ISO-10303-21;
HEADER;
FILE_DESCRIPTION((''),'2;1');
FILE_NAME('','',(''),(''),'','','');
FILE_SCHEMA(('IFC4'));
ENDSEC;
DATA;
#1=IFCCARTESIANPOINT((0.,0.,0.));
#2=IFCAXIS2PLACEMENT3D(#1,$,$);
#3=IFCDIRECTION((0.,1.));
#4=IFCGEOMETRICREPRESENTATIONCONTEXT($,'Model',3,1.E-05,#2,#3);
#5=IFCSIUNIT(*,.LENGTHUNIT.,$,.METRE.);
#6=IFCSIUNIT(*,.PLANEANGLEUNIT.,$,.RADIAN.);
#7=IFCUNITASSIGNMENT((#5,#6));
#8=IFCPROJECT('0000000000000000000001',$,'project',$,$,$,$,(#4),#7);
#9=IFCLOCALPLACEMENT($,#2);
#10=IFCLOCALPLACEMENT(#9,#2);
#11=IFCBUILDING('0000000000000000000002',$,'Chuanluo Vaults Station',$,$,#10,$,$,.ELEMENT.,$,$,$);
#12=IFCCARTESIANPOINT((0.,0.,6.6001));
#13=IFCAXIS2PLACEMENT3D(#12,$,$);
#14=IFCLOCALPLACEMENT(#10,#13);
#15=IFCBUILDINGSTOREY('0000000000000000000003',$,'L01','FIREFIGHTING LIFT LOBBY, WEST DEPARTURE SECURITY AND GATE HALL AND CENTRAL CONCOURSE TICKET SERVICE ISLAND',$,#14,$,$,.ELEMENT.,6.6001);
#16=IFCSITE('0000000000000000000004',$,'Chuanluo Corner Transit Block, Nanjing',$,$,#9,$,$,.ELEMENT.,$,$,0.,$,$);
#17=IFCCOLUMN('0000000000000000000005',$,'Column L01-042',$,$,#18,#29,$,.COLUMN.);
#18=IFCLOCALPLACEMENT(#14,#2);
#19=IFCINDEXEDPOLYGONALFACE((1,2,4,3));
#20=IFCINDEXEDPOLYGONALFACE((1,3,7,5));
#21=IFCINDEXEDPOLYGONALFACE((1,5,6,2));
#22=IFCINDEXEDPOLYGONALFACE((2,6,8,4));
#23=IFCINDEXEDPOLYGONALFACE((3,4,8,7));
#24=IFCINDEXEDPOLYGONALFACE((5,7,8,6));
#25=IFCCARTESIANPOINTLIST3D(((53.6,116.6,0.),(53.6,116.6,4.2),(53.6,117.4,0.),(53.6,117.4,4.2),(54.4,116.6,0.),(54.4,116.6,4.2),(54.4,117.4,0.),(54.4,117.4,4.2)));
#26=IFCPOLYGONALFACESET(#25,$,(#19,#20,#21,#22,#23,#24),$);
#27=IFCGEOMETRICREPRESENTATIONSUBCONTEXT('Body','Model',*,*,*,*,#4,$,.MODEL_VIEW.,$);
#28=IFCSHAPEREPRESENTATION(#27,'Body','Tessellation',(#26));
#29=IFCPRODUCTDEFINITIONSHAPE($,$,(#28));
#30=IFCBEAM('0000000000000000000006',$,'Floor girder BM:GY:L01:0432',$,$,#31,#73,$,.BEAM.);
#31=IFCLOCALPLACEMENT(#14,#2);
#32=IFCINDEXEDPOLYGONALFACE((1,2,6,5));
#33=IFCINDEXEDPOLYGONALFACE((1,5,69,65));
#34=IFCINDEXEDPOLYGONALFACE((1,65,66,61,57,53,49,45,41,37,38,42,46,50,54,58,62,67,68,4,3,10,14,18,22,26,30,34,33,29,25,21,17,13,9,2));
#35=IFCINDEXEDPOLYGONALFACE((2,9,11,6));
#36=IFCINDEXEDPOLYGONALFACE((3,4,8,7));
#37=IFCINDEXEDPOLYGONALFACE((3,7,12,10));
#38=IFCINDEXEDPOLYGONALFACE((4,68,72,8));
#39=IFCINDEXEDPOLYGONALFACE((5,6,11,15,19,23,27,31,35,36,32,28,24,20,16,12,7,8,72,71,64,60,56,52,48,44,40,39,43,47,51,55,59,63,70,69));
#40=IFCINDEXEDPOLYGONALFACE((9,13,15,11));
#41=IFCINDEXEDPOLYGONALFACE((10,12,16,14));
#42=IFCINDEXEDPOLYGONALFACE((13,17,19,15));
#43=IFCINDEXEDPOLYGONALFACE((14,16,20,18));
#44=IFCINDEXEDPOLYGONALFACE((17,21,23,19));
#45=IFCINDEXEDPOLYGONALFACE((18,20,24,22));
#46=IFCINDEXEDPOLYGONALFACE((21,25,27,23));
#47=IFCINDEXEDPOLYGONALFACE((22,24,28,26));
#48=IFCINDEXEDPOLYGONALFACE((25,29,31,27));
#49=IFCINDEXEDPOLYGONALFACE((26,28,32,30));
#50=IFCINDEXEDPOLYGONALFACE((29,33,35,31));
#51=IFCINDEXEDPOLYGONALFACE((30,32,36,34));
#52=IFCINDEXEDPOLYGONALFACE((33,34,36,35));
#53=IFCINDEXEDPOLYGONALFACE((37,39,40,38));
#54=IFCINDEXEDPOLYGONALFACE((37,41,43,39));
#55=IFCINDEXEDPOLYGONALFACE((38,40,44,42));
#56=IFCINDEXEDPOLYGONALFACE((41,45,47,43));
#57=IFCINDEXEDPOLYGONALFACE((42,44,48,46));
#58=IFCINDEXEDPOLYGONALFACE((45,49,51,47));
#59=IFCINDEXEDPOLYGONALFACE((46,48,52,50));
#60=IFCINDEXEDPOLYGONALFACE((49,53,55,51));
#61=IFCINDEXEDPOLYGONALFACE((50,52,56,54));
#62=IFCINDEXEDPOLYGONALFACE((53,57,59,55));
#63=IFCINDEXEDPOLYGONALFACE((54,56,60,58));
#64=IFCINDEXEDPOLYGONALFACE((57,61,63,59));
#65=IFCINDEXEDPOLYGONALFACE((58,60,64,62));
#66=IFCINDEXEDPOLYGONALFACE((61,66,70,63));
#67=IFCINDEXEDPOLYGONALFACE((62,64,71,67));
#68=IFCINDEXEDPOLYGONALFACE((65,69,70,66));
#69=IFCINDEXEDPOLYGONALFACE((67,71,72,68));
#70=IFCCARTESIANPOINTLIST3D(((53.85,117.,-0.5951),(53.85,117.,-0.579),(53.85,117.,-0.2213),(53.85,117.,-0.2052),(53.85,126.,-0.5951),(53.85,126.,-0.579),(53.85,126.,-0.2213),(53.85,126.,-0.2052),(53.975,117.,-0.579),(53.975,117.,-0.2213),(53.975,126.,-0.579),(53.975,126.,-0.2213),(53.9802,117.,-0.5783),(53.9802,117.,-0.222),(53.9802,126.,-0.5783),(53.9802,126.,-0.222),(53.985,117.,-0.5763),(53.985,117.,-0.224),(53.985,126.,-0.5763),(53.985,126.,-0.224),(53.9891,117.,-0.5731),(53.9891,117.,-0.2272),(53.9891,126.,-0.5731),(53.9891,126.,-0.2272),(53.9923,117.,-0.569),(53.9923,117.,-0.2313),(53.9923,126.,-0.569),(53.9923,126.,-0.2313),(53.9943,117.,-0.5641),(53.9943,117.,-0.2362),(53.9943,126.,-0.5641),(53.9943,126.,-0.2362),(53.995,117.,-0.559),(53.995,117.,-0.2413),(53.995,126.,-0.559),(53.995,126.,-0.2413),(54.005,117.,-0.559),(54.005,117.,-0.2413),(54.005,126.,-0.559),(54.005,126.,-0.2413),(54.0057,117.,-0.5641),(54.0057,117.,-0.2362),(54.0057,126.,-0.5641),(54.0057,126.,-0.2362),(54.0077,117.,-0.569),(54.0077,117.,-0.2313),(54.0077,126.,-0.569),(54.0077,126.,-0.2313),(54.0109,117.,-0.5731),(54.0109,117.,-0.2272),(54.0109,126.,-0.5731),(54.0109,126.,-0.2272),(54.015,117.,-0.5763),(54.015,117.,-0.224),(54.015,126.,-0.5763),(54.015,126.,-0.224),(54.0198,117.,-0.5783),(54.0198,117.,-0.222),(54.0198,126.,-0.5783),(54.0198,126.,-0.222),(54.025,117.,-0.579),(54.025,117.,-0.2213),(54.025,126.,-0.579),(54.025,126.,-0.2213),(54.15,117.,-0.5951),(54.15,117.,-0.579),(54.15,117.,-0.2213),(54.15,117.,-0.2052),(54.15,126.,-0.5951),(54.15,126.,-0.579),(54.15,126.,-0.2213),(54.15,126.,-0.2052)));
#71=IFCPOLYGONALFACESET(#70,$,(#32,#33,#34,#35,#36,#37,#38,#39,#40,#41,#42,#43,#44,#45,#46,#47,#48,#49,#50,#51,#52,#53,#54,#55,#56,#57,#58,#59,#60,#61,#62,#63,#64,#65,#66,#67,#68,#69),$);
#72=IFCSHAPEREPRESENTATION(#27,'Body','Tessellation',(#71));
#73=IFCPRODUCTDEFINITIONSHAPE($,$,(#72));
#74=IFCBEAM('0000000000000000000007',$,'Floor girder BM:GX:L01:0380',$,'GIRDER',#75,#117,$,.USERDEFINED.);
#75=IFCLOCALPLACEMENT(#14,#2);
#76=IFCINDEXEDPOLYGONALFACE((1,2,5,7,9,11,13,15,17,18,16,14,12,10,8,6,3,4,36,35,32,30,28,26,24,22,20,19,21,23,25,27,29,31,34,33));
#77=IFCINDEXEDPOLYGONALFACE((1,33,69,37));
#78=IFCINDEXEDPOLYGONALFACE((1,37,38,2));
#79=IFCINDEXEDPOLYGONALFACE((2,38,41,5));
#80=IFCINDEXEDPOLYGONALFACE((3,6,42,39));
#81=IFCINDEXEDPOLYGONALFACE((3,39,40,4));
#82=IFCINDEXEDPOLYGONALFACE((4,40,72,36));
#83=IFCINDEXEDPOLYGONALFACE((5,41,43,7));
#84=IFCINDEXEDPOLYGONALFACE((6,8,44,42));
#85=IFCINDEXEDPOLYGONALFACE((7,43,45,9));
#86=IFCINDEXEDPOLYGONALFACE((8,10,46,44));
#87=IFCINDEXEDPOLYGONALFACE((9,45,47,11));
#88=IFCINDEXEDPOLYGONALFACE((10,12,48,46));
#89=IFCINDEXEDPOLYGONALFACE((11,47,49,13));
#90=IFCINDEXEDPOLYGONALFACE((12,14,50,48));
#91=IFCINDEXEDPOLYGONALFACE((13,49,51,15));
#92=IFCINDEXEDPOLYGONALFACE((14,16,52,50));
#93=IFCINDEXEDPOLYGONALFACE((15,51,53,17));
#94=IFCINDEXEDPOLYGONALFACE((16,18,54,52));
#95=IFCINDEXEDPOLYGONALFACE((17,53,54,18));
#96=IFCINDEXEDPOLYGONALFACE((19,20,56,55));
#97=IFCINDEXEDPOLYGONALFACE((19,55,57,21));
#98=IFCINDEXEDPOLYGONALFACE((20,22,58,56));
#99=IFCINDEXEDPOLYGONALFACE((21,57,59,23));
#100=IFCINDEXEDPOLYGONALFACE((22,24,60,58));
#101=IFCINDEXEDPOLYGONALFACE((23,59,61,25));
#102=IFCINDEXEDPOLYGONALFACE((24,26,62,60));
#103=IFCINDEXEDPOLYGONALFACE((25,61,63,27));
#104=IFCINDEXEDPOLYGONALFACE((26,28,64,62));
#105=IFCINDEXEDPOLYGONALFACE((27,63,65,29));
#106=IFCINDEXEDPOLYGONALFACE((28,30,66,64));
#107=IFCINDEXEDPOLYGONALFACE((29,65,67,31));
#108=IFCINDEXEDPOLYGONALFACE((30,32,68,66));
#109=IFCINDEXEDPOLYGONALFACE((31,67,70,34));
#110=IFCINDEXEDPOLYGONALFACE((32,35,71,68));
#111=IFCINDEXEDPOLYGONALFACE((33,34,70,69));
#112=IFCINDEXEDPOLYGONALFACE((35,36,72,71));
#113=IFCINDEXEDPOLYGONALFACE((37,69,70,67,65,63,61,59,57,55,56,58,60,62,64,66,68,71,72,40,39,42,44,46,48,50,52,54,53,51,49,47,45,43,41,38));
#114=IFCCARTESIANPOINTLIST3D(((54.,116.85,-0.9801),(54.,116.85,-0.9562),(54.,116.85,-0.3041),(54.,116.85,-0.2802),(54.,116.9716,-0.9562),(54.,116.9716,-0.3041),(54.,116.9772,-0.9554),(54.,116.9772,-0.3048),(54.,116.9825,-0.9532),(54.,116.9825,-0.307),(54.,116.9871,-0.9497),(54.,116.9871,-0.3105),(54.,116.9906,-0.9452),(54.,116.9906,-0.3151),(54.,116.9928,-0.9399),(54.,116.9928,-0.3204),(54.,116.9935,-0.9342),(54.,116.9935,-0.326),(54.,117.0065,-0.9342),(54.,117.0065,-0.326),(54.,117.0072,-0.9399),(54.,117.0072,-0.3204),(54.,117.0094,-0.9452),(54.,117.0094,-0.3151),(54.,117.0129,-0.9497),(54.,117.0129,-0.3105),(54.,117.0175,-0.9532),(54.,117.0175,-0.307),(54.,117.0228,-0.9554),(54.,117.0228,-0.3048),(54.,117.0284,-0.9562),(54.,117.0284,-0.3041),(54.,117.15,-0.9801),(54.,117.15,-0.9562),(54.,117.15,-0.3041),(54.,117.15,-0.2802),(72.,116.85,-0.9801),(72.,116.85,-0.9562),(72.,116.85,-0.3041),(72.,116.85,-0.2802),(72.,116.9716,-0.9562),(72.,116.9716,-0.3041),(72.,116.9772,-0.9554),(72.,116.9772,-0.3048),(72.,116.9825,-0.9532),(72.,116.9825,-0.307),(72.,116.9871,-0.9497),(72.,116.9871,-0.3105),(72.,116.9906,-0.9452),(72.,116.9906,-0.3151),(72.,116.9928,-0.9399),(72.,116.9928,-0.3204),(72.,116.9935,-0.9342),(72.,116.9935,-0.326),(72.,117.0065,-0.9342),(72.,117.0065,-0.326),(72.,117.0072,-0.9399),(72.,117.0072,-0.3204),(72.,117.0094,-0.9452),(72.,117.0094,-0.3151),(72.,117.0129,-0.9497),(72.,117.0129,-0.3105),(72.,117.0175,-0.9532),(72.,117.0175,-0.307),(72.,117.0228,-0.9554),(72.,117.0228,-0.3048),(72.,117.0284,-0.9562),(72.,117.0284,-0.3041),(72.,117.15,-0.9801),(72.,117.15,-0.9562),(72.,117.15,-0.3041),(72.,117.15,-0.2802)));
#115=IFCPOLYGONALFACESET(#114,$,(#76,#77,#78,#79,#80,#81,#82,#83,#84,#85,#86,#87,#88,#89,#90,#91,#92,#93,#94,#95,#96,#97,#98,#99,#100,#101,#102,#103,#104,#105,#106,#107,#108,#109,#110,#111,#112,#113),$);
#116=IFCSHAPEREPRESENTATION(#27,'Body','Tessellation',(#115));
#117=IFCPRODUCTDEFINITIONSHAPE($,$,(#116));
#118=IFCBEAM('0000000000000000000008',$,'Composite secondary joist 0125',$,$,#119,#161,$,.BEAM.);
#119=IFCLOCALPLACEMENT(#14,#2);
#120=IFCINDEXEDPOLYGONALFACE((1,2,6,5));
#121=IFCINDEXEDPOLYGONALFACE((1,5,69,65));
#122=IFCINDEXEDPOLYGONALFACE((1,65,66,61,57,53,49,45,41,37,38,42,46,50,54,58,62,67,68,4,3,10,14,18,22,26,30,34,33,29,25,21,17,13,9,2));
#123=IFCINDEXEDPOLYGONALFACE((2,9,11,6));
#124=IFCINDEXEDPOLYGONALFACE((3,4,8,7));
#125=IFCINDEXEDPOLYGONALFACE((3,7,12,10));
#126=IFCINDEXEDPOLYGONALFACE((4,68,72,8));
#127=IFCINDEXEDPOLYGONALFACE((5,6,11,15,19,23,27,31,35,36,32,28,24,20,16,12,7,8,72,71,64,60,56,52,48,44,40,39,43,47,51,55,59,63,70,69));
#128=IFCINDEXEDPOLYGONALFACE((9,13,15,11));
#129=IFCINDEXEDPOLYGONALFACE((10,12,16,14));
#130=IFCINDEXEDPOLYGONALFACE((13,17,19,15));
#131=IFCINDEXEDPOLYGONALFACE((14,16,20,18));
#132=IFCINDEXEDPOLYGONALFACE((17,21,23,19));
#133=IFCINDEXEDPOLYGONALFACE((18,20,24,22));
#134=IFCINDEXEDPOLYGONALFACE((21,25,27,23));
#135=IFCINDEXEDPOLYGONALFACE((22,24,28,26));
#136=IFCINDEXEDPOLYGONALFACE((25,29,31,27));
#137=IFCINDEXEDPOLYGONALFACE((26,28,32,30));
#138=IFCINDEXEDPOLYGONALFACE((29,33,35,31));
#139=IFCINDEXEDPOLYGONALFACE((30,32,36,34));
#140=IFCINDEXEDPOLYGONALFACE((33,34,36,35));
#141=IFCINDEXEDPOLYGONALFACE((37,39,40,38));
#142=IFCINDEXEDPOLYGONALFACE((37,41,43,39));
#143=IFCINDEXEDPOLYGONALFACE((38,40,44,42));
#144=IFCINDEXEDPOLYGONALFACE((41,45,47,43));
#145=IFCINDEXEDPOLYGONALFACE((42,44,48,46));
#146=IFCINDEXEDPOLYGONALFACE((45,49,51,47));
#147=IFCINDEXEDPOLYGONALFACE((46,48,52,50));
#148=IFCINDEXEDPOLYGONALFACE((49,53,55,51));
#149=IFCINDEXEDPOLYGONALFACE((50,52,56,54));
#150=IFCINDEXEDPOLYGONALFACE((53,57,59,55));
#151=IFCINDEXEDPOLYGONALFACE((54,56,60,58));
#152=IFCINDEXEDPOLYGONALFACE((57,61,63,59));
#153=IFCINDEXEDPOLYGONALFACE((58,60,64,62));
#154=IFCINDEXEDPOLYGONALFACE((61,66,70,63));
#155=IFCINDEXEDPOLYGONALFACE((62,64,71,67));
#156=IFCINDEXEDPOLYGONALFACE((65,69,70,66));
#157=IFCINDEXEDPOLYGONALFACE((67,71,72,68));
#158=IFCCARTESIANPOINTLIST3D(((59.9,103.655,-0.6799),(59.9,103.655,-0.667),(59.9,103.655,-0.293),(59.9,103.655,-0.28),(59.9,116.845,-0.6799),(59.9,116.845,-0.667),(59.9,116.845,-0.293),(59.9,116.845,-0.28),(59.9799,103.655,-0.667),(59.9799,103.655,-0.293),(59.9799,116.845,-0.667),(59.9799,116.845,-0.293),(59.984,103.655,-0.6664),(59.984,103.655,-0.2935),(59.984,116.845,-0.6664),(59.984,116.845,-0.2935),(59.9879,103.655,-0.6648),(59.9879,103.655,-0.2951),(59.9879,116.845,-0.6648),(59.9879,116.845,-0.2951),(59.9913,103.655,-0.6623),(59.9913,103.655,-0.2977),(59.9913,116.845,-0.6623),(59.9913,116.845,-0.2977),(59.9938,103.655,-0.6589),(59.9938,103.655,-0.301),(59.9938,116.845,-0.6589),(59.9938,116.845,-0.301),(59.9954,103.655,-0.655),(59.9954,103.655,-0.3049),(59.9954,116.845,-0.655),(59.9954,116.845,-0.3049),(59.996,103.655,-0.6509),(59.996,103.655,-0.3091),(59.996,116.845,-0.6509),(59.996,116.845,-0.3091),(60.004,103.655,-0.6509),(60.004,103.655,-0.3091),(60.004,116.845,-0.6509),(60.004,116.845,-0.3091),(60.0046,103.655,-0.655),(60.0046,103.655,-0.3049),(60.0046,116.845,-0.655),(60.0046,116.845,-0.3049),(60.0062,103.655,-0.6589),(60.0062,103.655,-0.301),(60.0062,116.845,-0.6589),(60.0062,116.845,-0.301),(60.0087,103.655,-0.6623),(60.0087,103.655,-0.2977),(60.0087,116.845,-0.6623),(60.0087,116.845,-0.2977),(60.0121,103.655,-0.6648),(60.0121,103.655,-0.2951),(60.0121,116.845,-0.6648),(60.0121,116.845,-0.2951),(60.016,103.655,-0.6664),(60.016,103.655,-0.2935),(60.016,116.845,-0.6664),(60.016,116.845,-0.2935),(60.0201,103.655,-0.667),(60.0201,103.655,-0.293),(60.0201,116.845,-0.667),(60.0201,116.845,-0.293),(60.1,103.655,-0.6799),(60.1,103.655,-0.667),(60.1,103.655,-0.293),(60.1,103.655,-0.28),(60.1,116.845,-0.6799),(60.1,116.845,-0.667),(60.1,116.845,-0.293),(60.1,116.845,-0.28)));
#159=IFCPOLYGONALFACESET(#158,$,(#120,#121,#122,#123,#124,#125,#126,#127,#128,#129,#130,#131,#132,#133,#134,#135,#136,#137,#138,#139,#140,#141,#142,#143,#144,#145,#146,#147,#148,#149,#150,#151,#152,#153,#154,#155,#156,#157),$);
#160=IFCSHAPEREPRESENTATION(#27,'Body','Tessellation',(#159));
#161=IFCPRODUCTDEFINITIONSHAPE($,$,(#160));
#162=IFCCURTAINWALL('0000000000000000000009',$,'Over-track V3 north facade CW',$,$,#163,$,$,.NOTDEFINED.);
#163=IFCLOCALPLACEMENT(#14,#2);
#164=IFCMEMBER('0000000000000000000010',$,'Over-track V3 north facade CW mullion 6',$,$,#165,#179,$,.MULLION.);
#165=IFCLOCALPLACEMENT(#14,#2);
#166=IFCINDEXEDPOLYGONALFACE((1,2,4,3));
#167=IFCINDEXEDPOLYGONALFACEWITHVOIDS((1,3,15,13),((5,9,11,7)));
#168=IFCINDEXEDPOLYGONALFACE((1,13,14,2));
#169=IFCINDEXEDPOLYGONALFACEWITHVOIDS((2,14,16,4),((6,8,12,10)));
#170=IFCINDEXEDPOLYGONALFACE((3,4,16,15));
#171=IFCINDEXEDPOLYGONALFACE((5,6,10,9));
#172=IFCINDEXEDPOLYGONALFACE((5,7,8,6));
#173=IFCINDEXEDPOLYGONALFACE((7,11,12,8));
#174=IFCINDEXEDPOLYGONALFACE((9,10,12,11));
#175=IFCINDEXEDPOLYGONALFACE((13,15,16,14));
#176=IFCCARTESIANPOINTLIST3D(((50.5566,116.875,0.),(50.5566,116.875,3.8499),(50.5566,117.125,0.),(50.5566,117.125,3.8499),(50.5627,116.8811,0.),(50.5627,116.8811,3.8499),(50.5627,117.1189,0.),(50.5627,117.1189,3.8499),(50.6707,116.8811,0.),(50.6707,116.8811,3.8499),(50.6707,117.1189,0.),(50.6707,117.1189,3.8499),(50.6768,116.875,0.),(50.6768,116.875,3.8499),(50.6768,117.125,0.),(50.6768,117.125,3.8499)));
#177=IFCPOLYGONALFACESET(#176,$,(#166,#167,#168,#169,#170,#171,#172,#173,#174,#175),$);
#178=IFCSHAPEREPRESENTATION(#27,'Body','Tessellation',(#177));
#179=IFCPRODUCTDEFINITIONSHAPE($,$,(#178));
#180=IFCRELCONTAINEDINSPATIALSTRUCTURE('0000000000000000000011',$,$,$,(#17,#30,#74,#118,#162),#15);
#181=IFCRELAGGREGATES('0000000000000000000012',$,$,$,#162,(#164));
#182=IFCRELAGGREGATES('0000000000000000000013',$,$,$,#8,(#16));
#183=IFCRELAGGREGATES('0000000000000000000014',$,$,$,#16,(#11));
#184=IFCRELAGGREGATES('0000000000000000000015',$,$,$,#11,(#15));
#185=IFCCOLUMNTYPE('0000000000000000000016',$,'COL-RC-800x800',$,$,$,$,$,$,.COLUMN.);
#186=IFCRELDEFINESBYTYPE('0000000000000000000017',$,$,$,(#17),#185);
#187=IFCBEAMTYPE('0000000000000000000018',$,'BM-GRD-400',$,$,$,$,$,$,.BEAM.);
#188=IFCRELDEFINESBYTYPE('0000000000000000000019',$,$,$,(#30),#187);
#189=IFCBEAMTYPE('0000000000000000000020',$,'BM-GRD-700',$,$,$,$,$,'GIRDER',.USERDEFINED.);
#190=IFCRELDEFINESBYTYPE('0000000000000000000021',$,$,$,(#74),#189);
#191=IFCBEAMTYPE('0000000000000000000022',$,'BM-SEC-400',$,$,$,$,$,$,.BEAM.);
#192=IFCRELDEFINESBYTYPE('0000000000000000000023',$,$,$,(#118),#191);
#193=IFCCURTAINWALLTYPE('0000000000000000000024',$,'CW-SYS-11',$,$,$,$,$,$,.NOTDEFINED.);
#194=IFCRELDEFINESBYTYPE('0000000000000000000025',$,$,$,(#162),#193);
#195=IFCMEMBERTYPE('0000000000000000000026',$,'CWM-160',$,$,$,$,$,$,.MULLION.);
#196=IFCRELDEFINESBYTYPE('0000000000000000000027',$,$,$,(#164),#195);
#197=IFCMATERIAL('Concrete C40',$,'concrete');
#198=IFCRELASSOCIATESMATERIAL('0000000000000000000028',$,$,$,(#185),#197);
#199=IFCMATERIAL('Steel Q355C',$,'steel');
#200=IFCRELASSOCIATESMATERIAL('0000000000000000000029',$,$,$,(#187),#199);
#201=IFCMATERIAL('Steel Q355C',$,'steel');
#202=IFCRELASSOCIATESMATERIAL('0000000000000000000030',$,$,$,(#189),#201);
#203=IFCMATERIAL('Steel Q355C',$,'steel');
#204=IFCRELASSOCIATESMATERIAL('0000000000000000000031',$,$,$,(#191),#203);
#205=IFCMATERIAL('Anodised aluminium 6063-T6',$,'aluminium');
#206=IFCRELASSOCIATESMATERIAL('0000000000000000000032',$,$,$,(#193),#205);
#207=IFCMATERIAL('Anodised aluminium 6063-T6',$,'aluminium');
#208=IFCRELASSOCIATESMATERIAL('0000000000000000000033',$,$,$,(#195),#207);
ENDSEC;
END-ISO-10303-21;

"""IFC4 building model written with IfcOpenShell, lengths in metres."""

from ifc_helpers import new_model, si_unit, direction, frame, origin, origin_2d, place, context, subcontext, project, spatial, rectangle, hollow_rectangle, i_section, extrude, material, material_profile, profile_set, type_object, element, aggregate, save


model = new_model("IFC4")

# Units and contexts
model_context = context("Model", 3, precision=1e-05, world=origin(), true_north=direction((0.0, 1.0)))
body_context = subcontext(model_context, "Body", "Model", "MODEL_VIEW")
ifc_project = project(units=[si_unit("LENGTHUNIT", "METRE"), si_unit("PLANEANGLEUNIT", "RADIAN")], contexts=[model_context])

# Site, building, storey
site_placement = place(None, origin())
site = spatial("IfcSite", under=ifc_project, at=site_placement, Name="Chuanluo Corner Transit Block, Nanjing", CompositionType="ELEMENT", RefElevation=0.0)
building_placement = place(site_placement, origin())
building = spatial("IfcBuilding", under=site, at=building_placement, Name="Chuanluo Vaults Station", CompositionType="ELEMENT")
storey_placement = place(building_placement, frame((0.0, 0.0, 6.6001)))
storey = spatial("IfcBuildingStorey", under=building, at=storey_placement, Name="L01", Description="FIREFIGHTING LIFT LOBBY, WEST DEPARTURE SECURITY AND GATE HALL AND CENTRAL CONCOURSE TICKET SERVICE ISLAND", CompositionType="ELEMENT", Elevation=6.6001)

# Column
ifc_material_1 = material(Name="Concrete C40", Category="concrete")
ifc_material_profile_1 = material_profile(ifc_material_1, rectangle(XDim=0.8, YDim=0.8, at=origin_2d()))
ifc_profile_set_1 = profile_set([ifc_material_profile_1], Name="Concrete C40")
column_type = type_object("IfcColumnType", Name="COL-RC-800x800", PredefinedType="COLUMN", material=ifc_profile_set_1)
column_placement = place(storey_placement, frame((54.0, 117.0, 0.0), z_axis=(0.0, 0.0, 1.0), x_axis=(1.0, 0.0, 0.0)))
element("IfcColumn", 1, at=column_placement, inside=storey, type_object=column_type, Name="Column L01-042", PredefinedType="COLUMN", context=body_context, shape_type="SweptSolid", body=[
    extrude(rectangle(XDim=0.8, YDim=0.8, at=origin_2d()), origin(), (0.0, 0.0, 1.0), 4.2),
])

# Beams
ifc_material_2 = material(Name="Steel Q355C", Category="steel")
ifc_material_profile_2 = material_profile(ifc_material_2, i_section(OverallWidth=0.3, OverallDepth=0.3899, WebThickness=0.01, FlangeThickness=0.0161, FilletRadius=0.02, at=origin_2d()))
ifc_profile_set_2 = profile_set([ifc_material_profile_2], Name="Steel Q355C")
beam_type_1 = type_object("IfcBeamType", Name="BM-GRD-400", PredefinedType="BEAM", material=ifc_profile_set_2)
beam_1_placement = place(storey_placement, frame((54.0, 117.0, -0.4001), z_axis=(0.0, 1.0, 0.0), x_axis=(-1.0, 0.0, 0.0)))
element("IfcBeam", 2, at=beam_1_placement, inside=storey, type_object=beam_type_1, Name="Floor girder BM:GY:L01:0432", PredefinedType="BEAM", context=body_context, shape_type="SweptSolid", body=[
    extrude(i_section(OverallWidth=0.3, OverallDepth=0.3899, WebThickness=0.01, FlangeThickness=0.0161, FilletRadius=0.02, at=origin_2d()), origin(), (0.0, 0.0, 1.0), 9.0),
])
ifc_material_3 = material(Name="Steel Q355C", Category="steel")
ifc_material_profile_3 = material_profile(ifc_material_3, i_section(OverallWidth=0.3, OverallDepth=0.7, WebThickness=0.0129, FlangeThickness=0.0239, FilletRadius=0.022, at=origin_2d()))
ifc_profile_set_3 = profile_set([ifc_material_profile_3], Name="Steel Q355C")
beam_type_2 = type_object("IfcBeamType", Name="BM-GRD-700", ElementType="GIRDER", PredefinedType="USERDEFINED", material=ifc_profile_set_3)
beam_2_placement = place(storey_placement, frame((54.0, 117.0, -0.6301), z_axis=(1.0, 0.0, 0.0), x_axis=(0.0, 1.0, 0.0)))
element("IfcBeam", 3, at=beam_2_placement, inside=storey, type_object=beam_type_2, Name="Floor girder BM:GX:L01:0380", ObjectType="GIRDER", PredefinedType="USERDEFINED", context=body_context, shape_type="SweptSolid", body=[
    extrude(i_section(OverallWidth=0.3, OverallDepth=0.7, WebThickness=0.0129, FlangeThickness=0.0239, FilletRadius=0.022, at=origin_2d()), origin(), (0.0, 0.0, 1.0), 18.0),
])
ifc_material_4 = material(Name="Steel Q355C", Category="steel")
ifc_material_profile_4 = material_profile(ifc_material_4, i_section(OverallWidth=0.2, OverallDepth=0.3999, WebThickness=0.0081, FlangeThickness=0.0129, FilletRadius=0.0161, at=origin_2d()))
ifc_profile_set_4 = profile_set([ifc_material_profile_4], Name="Steel Q355C")
beam_type_3 = type_object("IfcBeamType", Name="BM-SEC-400", PredefinedType="BEAM", material=ifc_profile_set_4)
beam_3_placement = place(storey_placement, frame((60.0, 103.655, -0.48), z_axis=(0.0, 1.0, 0.0), x_axis=(-1.0, 0.0, 0.0)))
element("IfcBeam", 4, at=beam_3_placement, inside=storey, type_object=beam_type_3, Name="Composite secondary joist 0125", PredefinedType="BEAM", context=body_context, shape_type="SweptSolid", body=[
    extrude(i_section(OverallWidth=0.2, OverallDepth=0.3999, WebThickness=0.0081, FlangeThickness=0.0129, FilletRadius=0.0161, at=origin_2d()), origin(), (0.0, 0.0, 1.0), 13.1899),
])

# Curtain wall, member
ifc_material_5 = material(Name="Anodised aluminium 6063-T6", Category="aluminium")
curtain_wall_type_1 = type_object("IfcCurtainWallType", Name="CW-SYS-11", PredefinedType="NOTDEFINED", material=ifc_material_5)
curtain_wall_1_placement = place(storey_placement, origin())
curtain_wall_1 = element("IfcCurtainWall", 5, at=curtain_wall_1_placement, inside=storey, type_object=curtain_wall_type_1, Name="Over-track V3 north facade CW", PredefinedType="NOTDEFINED")
ifc_material_6 = material(Name="Anodised aluminium 6063-T6", Category="aluminium")
ifc_material_profile_5 = material_profile(ifc_material_6, hollow_rectangle(XDim=0.1201, YDim=0.25, WallThickness=0.0061, at=origin_2d()))
ifc_profile_set_5 = profile_set([ifc_material_profile_5], Name="Anodised aluminium 6063-T6")
member_type_1 = type_object("IfcMemberType", Name="CWM-160", PredefinedType="MULLION", material=ifc_profile_set_5)
member_1_placement = place(storey_placement, frame((50.6167, 117.0, 0.0), z_axis=(0.0, 0.0, 1.0), x_axis=(1.0, 0.0, 0.0)))
member_1 = element("IfcMember", 6, at=member_1_placement, type_object=member_type_1, Name="Over-track V3 north facade CW mullion 6", PredefinedType="MULLION", context=body_context, shape_type="SweptSolid", body=[
    extrude(hollow_rectangle(XDim=0.1201, YDim=0.25, WallThickness=0.0061, at=origin_2d()), origin(), (0.0, 0.0, 1.0), 3.8499),
])

aggregate(curtain_wall_1, [member_1])

save(model, "model.ifc")
